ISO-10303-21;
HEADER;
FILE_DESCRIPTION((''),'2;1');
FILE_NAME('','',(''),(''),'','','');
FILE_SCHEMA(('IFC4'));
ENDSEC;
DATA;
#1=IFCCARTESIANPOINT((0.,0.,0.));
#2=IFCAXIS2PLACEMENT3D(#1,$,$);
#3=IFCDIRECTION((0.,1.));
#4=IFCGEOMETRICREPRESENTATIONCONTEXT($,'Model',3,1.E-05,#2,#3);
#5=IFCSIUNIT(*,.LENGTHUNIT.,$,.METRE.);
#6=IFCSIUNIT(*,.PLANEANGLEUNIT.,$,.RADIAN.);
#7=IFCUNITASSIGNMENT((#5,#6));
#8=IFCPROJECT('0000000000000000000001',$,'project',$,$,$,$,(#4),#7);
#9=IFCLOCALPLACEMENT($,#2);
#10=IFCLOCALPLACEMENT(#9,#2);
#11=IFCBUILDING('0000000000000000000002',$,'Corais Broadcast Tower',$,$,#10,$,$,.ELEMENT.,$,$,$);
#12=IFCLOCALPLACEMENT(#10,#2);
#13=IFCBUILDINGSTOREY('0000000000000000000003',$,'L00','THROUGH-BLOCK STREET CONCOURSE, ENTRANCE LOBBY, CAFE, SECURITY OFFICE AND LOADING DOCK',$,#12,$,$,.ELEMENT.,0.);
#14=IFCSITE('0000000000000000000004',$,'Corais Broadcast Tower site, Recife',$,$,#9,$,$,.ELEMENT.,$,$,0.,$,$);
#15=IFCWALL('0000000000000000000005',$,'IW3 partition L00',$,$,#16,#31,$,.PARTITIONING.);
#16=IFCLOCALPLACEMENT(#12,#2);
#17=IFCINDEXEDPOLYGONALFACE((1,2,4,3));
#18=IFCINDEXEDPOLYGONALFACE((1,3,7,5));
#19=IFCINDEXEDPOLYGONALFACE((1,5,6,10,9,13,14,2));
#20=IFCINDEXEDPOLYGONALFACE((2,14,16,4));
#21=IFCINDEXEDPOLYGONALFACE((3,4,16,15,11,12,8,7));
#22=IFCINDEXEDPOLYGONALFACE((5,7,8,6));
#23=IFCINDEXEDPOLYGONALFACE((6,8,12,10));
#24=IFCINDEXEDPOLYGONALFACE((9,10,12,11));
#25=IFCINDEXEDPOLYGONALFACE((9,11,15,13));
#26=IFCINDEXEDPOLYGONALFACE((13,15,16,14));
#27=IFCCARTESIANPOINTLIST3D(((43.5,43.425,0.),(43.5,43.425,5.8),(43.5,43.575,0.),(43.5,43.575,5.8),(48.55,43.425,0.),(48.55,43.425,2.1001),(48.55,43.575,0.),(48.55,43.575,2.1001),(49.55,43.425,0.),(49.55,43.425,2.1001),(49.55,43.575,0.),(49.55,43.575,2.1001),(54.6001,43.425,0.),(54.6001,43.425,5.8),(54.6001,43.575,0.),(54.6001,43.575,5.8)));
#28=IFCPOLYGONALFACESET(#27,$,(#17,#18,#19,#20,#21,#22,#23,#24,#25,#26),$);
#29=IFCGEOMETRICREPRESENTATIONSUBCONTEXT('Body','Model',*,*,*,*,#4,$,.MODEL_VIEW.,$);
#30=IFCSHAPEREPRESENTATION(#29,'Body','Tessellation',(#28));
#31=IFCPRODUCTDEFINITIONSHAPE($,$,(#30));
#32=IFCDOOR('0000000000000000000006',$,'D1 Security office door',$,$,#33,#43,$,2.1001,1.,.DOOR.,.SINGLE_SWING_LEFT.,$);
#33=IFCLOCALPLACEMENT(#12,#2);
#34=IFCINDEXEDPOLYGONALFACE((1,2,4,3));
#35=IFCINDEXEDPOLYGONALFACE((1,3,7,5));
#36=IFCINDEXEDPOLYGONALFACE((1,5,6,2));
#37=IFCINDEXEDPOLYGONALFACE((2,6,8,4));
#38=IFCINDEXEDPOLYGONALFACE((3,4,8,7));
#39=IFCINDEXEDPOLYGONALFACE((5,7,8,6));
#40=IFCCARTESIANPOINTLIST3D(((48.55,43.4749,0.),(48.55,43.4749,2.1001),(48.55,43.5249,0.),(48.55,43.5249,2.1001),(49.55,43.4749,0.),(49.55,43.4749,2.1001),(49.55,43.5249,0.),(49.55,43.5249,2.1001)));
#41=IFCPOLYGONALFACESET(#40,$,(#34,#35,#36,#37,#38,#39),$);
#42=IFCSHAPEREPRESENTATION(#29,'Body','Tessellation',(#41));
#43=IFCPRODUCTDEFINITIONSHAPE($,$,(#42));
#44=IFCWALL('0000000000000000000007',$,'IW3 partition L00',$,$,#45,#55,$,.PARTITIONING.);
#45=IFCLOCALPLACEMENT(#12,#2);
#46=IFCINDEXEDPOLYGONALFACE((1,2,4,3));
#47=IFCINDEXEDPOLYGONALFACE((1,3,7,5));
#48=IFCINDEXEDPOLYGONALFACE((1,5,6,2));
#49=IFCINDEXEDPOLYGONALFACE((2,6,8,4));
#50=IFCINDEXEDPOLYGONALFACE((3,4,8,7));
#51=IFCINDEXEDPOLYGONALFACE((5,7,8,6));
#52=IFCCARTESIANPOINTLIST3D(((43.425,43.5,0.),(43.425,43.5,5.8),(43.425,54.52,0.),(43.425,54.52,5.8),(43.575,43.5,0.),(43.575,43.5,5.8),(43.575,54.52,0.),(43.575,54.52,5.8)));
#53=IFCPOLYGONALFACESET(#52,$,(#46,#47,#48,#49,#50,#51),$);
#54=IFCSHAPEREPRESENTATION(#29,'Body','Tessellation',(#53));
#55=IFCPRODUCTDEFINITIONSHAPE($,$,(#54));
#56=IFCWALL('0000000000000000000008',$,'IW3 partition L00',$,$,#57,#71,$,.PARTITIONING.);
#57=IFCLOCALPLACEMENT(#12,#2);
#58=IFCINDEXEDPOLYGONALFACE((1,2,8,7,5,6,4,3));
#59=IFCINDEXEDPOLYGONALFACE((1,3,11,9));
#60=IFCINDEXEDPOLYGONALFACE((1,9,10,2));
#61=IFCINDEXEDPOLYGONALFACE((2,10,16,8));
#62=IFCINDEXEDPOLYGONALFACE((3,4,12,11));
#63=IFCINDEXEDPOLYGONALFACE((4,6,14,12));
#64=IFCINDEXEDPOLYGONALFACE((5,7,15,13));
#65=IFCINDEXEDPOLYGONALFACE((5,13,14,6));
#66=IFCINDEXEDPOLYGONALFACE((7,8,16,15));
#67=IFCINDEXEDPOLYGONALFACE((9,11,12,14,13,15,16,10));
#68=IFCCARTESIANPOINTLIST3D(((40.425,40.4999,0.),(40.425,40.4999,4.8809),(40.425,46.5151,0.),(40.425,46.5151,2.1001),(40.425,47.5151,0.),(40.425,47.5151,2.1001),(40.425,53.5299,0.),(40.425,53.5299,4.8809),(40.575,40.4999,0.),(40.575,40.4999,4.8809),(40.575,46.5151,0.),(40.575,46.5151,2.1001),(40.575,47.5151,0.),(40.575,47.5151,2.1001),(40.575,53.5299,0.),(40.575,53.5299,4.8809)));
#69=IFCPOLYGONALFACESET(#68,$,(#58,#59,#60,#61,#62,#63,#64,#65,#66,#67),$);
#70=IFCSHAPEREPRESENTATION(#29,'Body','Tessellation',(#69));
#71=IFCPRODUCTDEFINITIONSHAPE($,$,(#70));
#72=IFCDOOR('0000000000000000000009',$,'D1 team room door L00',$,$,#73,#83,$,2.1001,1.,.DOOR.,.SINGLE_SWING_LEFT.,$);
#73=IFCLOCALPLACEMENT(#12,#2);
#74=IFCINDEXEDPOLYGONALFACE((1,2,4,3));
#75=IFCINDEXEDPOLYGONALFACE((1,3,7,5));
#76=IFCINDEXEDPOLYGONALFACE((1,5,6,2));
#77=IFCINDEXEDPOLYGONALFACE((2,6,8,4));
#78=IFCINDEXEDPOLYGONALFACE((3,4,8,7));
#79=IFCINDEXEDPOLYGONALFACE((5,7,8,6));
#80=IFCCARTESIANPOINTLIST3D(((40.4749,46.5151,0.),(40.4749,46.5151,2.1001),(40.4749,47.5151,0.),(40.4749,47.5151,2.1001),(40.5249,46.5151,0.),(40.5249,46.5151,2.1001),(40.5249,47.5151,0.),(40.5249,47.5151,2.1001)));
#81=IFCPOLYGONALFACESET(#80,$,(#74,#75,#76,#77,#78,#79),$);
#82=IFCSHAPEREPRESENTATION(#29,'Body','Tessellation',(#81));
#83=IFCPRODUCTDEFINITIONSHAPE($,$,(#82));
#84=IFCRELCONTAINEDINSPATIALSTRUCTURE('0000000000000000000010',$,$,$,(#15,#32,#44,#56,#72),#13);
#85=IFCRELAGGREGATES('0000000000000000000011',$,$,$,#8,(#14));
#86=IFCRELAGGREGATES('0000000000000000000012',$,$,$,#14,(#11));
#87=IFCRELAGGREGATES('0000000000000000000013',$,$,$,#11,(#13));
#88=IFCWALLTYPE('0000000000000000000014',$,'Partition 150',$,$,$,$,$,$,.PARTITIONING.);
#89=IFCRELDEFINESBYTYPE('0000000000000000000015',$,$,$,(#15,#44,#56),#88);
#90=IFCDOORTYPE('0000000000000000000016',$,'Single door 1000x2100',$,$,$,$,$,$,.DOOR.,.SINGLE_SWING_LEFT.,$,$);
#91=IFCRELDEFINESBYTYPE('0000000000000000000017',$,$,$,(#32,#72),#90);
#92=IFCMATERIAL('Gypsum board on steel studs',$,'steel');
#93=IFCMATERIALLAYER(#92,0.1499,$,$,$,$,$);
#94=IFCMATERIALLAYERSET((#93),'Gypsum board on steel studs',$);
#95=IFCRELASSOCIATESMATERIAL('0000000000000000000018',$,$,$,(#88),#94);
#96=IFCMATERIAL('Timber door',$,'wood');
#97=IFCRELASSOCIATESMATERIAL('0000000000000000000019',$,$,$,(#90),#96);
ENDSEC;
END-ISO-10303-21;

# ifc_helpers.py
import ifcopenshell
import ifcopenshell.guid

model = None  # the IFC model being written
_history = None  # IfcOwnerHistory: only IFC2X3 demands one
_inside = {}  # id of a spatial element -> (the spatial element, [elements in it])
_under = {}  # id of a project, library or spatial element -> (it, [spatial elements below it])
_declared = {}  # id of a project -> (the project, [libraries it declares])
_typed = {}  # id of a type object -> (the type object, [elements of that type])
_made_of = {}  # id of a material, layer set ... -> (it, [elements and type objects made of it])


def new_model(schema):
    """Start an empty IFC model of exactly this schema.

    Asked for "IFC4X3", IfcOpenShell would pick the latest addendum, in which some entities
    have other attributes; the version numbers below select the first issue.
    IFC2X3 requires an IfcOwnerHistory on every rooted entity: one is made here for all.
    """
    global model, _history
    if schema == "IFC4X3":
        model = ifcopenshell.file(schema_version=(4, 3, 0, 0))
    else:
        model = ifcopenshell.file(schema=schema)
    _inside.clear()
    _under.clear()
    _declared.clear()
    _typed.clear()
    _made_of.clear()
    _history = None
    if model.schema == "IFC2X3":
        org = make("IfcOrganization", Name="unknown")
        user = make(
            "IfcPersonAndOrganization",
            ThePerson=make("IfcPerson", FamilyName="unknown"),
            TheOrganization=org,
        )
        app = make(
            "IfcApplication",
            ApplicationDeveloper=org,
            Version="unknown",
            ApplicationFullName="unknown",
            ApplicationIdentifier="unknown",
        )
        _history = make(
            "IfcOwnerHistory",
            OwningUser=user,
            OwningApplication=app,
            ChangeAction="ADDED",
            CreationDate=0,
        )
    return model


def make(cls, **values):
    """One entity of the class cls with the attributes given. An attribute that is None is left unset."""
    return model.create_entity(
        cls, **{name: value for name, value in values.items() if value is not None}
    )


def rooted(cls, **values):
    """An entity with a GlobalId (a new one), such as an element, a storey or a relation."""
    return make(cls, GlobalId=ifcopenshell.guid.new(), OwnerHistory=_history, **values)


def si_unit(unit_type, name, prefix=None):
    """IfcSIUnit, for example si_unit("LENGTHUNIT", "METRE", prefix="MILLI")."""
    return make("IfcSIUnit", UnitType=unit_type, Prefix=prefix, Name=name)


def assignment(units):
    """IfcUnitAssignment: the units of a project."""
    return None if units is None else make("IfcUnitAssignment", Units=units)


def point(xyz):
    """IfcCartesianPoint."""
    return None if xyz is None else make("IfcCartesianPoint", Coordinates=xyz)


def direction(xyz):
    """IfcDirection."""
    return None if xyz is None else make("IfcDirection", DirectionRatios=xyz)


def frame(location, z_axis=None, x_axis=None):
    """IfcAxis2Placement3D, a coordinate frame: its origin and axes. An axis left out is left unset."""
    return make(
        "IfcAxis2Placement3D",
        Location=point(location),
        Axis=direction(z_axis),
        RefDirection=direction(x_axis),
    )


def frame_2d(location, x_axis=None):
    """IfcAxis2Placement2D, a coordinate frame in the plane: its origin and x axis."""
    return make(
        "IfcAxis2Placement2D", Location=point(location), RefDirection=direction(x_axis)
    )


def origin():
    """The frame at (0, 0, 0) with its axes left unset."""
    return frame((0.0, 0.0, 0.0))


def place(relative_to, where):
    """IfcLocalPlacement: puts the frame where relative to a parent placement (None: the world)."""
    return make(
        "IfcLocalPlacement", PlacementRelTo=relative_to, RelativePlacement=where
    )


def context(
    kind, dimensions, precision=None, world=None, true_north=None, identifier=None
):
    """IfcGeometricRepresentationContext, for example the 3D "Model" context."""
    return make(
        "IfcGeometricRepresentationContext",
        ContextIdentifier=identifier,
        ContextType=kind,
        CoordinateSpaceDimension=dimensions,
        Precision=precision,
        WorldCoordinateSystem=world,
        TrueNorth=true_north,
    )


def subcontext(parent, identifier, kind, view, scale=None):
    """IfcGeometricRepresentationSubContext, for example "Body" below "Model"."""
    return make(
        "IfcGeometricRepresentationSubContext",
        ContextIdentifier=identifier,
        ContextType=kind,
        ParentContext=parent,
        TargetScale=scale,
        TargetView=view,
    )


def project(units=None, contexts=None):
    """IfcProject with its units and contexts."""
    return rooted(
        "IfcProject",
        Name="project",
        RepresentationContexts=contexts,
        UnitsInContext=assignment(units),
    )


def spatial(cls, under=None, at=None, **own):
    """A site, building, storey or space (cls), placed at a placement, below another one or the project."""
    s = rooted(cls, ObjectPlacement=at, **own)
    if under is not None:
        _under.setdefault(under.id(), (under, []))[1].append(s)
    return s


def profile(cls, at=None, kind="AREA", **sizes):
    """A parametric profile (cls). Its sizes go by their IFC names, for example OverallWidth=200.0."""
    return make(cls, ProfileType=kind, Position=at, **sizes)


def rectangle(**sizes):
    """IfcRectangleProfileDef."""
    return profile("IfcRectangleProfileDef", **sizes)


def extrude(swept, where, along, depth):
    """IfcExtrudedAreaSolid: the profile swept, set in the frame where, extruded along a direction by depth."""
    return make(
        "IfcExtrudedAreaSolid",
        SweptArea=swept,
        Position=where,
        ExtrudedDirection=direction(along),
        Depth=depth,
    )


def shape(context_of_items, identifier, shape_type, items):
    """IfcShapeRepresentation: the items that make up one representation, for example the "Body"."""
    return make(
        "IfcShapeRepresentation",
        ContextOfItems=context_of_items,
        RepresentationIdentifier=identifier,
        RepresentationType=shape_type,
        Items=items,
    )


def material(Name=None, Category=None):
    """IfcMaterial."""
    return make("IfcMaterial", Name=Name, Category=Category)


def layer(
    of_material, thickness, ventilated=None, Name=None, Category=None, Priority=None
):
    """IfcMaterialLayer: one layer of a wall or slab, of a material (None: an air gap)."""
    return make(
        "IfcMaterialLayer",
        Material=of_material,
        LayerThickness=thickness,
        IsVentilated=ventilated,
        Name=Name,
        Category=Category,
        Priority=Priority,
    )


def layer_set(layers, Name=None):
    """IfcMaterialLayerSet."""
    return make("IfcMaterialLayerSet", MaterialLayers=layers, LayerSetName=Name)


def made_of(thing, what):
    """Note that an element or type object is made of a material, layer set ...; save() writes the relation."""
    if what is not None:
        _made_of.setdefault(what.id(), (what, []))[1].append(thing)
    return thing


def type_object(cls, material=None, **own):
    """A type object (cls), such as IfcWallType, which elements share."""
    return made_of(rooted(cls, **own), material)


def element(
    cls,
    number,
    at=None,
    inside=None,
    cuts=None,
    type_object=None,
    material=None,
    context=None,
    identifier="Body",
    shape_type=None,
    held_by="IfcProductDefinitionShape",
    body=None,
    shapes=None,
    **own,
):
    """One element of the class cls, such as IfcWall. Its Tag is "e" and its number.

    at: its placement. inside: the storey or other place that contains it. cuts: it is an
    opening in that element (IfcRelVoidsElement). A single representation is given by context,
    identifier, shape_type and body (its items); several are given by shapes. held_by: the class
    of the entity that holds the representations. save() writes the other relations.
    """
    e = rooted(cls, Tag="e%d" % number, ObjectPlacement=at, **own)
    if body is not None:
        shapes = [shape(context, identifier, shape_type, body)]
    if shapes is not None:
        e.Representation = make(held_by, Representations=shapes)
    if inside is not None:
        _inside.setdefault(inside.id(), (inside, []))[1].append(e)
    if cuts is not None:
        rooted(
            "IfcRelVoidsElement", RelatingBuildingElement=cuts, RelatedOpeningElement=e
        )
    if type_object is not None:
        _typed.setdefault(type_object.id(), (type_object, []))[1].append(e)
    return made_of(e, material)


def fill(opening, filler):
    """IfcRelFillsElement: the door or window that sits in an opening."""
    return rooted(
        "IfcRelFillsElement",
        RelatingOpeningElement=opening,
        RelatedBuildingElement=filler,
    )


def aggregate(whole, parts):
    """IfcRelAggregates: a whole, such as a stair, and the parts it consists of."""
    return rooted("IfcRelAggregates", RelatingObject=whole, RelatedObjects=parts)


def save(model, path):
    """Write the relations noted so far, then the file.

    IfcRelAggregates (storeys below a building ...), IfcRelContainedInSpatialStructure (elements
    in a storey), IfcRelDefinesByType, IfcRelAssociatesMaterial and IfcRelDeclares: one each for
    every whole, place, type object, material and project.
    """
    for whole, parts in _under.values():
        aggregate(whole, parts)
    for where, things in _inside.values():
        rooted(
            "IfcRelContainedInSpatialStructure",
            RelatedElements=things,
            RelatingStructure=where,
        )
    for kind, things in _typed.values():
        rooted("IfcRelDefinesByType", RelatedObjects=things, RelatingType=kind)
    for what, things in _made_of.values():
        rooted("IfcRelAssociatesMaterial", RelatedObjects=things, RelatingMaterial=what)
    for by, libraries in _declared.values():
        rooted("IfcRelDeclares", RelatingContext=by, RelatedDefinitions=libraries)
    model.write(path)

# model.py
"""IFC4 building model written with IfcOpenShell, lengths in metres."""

from ifc_helpers import new_model, si_unit, direction, frame, frame_2d, origin, place, context, subcontext, project, spatial, rectangle, extrude, material, layer, layer_set, type_object, element, fill, save


model = new_model("IFC4")

# Units and contexts
model_context = context("Model", 3, precision=1e-05, world=origin(), true_north=direction((0.0, 1.0)))
body_context = subcontext(model_context, "Body", "Model", "MODEL_VIEW")
ifc_project = project(units=[si_unit("LENGTHUNIT", "METRE"), si_unit("PLANEANGLEUNIT", "RADIAN")], contexts=[model_context])

# Site, building, storey
site_placement = place(None, origin())
site = spatial("IfcSite", under=ifc_project, at=site_placement, Name="Corais Broadcast Tower site, Recife", CompositionType="ELEMENT", RefElevation=0.0)
building_placement = place(site_placement, origin())
building = spatial("IfcBuilding", under=site, at=building_placement, Name="Corais Broadcast Tower", CompositionType="ELEMENT")
storey_placement = place(building_placement, origin())
storey = spatial("IfcBuildingStorey", under=building, at=storey_placement, Name="L00", Description="THROUGH-BLOCK STREET CONCOURSE, ENTRANCE LOBBY, CAFE, SECURITY OFFICE AND LOADING DOCK", CompositionType="ELEMENT", Elevation=0.0)

# Wall, opening, door
ifc_material_1 = material(Name="Gypsum board on steel studs", Category="steel")
ifc_layer_1 = layer(ifc_material_1, 0.1499)
ifc_layer_set_1 = layer_set([ifc_layer_1], Name="Gypsum board on steel studs")
wall_type = type_object("IfcWallType", Name="Partition 150", PredefinedType="PARTITIONING", material=ifc_layer_set_1)
wall_1_placement = place(storey_placement, frame((43.5, 43.5, 0.0), z_axis=(0.0, 0.0, 1.0), x_axis=(1.0, 0.0, 0.0)))
wall_1 = element("IfcWall", 1, at=wall_1_placement, inside=storey, type_object=wall_type, Name="IW3 partition L00", PredefinedType="PARTITIONING", context=body_context, shape_type="SweptSolid", body=[
    extrude(rectangle(XDim=11.1001, YDim=0.1499, at=frame_2d((5.55, 0.0))), origin(), (0.0, 0.0, 1.0), 5.8),
])
opening_1_placement = place(wall_1_placement, frame((5.05, 0.0, 0.0)))
opening_1 = element("IfcOpeningElement", 2, at=opening_1_placement, cuts=wall_1, PredefinedType="OPENING", context=body_context, shape_type="SweptSolid", body=[
    extrude(rectangle(XDim=1.0, YDim=2.1001, at=frame_2d((0.5, 1.05))), frame((0.0, 0.085, 0.0), z_axis=(0.0, -1.0, 0.0), x_axis=(1.0, 0.0, 0.0)), (0.0, 0.0, 1.0), 0.1699),
])
ifc_material_2 = material(Name="Timber door", Category="wood")
door_type = type_object("IfcDoorType", Name="Single door 1000x2100", OperationType="SINGLE_SWING_LEFT", PredefinedType="DOOR", material=ifc_material_2)
door_1_placement = place(opening_1_placement, origin())
door_1 = element("IfcDoor", 3, at=door_1_placement, inside=storey, type_object=door_type, Name="D1 Security office door", OperationType="SINGLE_SWING_LEFT", OverallHeight=2.1001, OverallWidth=1.0, PredefinedType="DOOR", context=body_context, shape_type="SweptSolid", body=[
    extrude(rectangle(XDim=1.0, YDim=2.1001, at=frame_2d((0.5, 1.05))), frame((0.0, 0.0249, 0.0), z_axis=(0.0, -1.0, 0.0), x_axis=(1.0, 0.0, 0.0)), (0.0, 0.0, 1.0), 0.05),
])
fill(opening_1, door_1)

# Wall
wall_2_placement = place(storey_placement, frame((43.5, 54.52, 0.0), z_axis=(0.0, 0.0, 1.0), x_axis=(0.0, -1.0, 0.0)))
element("IfcWall", 4, at=wall_2_placement, inside=storey, type_object=wall_type, Name="IW3 partition L00", PredefinedType="PARTITIONING", context=body_context, shape_type="SweptSolid", body=[
    extrude(rectangle(XDim=11.02, YDim=0.1499, at=frame_2d((5.51, 0.0))), origin(), (0.0, 0.0, 1.0), 5.8),
])

# Wall, opening, door
wall_3_placement = place(storey_placement, frame((40.5, 53.53, 0.0), z_axis=(0.0, 0.0, 1.0), x_axis=(0.0, -1.0, 0.0)))
wall_3 = element("IfcWall", 5, at=wall_3_placement, inside=storey, type_object=wall_type, Name="IW3 partition L00", PredefinedType="PARTITIONING", context=body_context, shape_type="SweptSolid", body=[
    extrude(rectangle(XDim=13.03, YDim=0.1499, at=frame_2d((6.5151, 0.0))), origin(), (0.0, 0.0, 1.0), 4.8809),
])
opening_2_placement = place(wall_3_placement, frame((6.0149, 0.0, 0.0)))
opening_2 = element("IfcOpeningElement", 6, at=opening_2_placement, cuts=wall_3, PredefinedType="OPENING", context=body_context, shape_type="SweptSolid", body=[
    extrude(rectangle(XDim=1.0, YDim=2.1001, at=frame_2d((0.5, 1.05))), frame((0.0, 0.085, 0.0), z_axis=(0.0, -1.0, 0.0), x_axis=(1.0, 0.0, 0.0)), (0.0, 0.0, 1.0), 0.1699),
])
door_2_placement = place(opening_2_placement, origin())
door_2 = element("IfcDoor", 7, at=door_2_placement, inside=storey, type_object=door_type, Name="D1 team room door L00", OperationType="SINGLE_SWING_LEFT", OverallHeight=2.1001, OverallWidth=1.0, PredefinedType="DOOR", context=body_context, shape_type="SweptSolid", body=[
    extrude(rectangle(XDim=1.0, YDim=2.1001, at=frame_2d((0.5, 1.05))), frame((0.0, 0.0249, 0.0), z_axis=(0.0, -1.0, 0.0), x_axis=(1.0, 0.0, 0.0)), (0.0, 0.0, 1.0), 0.05),
])
fill(opening_2, door_2)

save(model, "model.ifc")
